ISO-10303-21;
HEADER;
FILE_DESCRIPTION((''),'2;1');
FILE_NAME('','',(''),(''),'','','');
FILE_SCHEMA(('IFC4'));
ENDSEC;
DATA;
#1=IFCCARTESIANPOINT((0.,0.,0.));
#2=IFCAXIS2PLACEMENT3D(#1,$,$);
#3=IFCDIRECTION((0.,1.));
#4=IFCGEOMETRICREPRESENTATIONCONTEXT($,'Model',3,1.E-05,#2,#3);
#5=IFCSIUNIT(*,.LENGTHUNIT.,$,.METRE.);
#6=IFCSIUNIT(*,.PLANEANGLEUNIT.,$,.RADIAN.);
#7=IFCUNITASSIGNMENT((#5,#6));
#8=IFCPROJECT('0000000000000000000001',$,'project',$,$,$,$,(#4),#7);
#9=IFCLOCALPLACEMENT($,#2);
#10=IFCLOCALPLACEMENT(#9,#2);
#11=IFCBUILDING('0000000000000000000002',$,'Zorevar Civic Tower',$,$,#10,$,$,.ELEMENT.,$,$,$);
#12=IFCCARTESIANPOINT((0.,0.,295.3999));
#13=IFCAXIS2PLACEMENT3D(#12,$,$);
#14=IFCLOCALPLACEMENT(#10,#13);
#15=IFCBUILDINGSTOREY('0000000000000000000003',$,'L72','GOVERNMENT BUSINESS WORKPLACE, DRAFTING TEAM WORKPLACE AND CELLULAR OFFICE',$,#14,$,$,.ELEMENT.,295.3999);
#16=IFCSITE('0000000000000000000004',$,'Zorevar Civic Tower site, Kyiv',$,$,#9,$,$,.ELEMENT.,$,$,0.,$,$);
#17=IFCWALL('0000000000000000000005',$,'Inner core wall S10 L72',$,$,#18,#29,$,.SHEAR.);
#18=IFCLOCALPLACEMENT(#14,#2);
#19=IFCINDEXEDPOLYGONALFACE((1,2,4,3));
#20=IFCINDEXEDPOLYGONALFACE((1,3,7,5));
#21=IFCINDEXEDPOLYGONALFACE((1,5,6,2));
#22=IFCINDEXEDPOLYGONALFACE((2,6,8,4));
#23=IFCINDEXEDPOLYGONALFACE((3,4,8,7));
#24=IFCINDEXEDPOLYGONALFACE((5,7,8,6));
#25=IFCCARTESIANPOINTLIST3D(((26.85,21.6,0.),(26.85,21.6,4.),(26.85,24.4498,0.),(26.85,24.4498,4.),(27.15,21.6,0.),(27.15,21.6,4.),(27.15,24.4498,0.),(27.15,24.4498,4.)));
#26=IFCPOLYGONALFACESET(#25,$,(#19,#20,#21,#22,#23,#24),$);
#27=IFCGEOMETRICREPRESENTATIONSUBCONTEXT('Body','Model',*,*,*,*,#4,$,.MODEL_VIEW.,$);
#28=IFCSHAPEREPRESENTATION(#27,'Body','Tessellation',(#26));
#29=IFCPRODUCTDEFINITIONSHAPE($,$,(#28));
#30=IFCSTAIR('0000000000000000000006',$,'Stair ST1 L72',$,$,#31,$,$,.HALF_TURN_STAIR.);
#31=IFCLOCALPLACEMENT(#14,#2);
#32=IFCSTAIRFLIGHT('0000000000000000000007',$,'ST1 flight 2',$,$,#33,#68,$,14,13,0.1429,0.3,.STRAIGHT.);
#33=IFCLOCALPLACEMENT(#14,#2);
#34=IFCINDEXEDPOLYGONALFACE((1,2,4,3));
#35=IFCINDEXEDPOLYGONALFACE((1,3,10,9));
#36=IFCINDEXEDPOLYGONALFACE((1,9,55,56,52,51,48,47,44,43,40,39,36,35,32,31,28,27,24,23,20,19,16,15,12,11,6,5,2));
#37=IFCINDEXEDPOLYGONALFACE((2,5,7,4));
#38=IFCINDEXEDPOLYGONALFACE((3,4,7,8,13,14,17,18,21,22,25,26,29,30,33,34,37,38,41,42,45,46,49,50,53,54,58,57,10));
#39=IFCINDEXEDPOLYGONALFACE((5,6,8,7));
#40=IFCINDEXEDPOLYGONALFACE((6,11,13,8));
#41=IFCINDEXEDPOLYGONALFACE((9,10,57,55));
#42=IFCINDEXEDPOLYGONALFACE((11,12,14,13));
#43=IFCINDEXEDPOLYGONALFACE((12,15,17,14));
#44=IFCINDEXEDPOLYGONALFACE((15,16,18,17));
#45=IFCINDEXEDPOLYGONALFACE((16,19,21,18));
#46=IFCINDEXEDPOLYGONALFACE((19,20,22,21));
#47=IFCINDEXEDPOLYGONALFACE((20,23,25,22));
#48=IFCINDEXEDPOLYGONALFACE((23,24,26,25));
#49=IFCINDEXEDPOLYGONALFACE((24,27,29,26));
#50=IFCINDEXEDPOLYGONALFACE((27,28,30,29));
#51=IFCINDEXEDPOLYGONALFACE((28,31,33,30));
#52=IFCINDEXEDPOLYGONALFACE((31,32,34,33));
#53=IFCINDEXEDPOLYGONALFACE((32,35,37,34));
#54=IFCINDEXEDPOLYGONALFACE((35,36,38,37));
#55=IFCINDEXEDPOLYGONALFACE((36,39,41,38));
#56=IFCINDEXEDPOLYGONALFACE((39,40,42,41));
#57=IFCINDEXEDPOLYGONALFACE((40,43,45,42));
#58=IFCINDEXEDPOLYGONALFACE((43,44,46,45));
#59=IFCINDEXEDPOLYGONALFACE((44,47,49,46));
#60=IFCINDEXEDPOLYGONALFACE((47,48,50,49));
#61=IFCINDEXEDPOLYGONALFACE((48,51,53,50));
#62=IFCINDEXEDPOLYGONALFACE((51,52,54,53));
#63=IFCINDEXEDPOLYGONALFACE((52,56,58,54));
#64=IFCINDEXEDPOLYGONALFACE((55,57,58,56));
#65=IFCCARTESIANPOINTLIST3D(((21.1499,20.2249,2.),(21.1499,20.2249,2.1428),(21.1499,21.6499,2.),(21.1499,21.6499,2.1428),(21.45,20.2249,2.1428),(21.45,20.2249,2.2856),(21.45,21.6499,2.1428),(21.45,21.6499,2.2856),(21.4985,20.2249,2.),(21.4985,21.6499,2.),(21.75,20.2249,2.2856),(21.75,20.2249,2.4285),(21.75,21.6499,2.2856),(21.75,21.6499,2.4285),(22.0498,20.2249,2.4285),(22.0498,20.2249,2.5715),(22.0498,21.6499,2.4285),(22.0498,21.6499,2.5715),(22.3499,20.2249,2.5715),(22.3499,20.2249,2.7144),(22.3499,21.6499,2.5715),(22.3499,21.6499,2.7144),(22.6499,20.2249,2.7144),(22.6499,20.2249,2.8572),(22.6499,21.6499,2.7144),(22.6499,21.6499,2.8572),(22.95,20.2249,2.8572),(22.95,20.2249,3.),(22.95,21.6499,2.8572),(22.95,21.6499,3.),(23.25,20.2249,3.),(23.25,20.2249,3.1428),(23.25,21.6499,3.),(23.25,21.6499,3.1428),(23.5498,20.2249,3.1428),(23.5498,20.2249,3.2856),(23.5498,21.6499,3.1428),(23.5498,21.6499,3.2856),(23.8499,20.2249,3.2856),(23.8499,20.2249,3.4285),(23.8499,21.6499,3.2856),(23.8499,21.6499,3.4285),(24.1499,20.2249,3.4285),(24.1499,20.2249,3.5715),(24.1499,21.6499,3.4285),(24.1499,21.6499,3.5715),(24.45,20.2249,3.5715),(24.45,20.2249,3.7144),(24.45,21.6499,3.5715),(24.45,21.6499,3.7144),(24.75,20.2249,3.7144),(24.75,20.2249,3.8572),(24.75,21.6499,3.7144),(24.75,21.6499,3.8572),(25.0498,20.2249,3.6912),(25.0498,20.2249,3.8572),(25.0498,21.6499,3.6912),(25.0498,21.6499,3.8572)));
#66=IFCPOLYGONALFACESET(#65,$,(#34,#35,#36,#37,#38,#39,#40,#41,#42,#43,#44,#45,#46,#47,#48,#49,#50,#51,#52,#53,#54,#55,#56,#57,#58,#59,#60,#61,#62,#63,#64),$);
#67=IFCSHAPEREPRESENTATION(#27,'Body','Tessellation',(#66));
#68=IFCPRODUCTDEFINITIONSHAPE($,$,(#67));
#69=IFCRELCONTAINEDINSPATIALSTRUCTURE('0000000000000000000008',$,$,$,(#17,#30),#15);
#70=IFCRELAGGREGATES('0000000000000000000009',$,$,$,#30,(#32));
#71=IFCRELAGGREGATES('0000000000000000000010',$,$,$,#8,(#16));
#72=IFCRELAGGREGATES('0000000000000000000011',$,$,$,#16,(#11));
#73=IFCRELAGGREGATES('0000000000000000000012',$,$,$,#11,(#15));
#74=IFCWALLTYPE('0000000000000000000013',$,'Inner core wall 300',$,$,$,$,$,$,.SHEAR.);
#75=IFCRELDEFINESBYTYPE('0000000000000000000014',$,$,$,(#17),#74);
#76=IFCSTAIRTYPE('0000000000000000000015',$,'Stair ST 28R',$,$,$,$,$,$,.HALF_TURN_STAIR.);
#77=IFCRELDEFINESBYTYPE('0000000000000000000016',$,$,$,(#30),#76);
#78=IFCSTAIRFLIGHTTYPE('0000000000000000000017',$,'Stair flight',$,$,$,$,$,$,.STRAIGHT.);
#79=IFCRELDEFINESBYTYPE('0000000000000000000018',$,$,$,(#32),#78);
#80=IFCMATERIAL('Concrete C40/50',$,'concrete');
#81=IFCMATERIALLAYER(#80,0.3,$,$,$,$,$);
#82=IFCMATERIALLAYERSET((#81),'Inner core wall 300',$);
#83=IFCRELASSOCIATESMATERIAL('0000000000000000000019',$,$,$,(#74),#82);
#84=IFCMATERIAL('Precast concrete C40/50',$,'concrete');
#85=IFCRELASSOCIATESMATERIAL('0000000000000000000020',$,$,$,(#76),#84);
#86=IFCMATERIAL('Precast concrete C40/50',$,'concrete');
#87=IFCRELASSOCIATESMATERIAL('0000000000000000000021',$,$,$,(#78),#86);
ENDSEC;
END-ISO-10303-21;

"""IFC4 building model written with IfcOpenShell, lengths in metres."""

from ifc_helpers import new_model, si_unit, direction, frame, frame_2d, origin, place, context, subcontext, project, spatial, polyline, rectangle, outline, extrude, material, layer, layer_set, type_object, element, aggregate, save


model = new_model("IFC4")

# Units and contexts
model_context = context("Model", 3, precision=1e-05, world=origin(), true_north=direction((0.0, 1.0)))
body_context = subcontext(model_context, "Body", "Model", "MODEL_VIEW")
ifc_project = project(units=[si_unit("LENGTHUNIT", "METRE"), si_unit("PLANEANGLEUNIT", "RADIAN")], contexts=[model_context])

# Site, building, storey
site_placement = place(None, origin())
site = spatial("IfcSite", under=ifc_project, at=site_placement, Name="Zorevar Civic Tower site, Kyiv", CompositionType="ELEMENT", RefElevation=0.0)
building_placement = place(site_placement, origin())
building = spatial("IfcBuilding", under=site, at=building_placement, Name="Zorevar Civic Tower", CompositionType="ELEMENT")
storey_placement = place(building_placement, frame((0.0, 0.0, 295.3999)))
storey = spatial("IfcBuildingStorey", under=building, at=storey_placement, Name="L72", Description="GOVERNMENT BUSINESS WORKPLACE, DRAFTING TEAM WORKPLACE AND CELLULAR OFFICE", CompositionType="ELEMENT", Elevation=295.3999)

# Shared definitions
ifc_material_1 = material(Name="Concrete C40/50", Category="concrete")
ifc_layer = layer(ifc_material_1, 0.3)
ifc_layer_set = layer_set([ifc_layer], Name="Inner core wall 300")
wall_type = type_object("IfcWallType", Name="Inner core wall 300", PredefinedType="SHEAR", material=ifc_layer_set)

# Wall
wall_1_placement = place(storey_placement, frame((27.0, 21.6001, 0.0), z_axis=(0.0, 0.0, 1.0), x_axis=(0.0, 1.0, 0.0)))
element("IfcWall", 1, at=wall_1_placement, inside=storey, type_object=wall_type, Name="Inner core wall S10 L72", PredefinedType="SHEAR", context=body_context, shape_type="SweptSolid", body=[
    extrude(rectangle(XDim=2.8499, YDim=0.3, at=frame_2d((1.4248, 0.0))), origin(), (0.0, 0.0, 1.0), 4.0),
])

# Stair, stair flight
ifc_material_2 = material(Name="Precast concrete C40/50", Category="concrete")
stair_type = type_object("IfcStairType", Name="Stair ST 28R", PredefinedType="HALF_TURN_STAIR", material=ifc_material_2)
stair_placement = place(storey_placement, origin())
stair = element("IfcStair", 2, at=stair_placement, inside=storey, type_object=stair_type, Name="Stair ST1 L72", PredefinedType="HALF_TURN_STAIR")
ifc_material_3 = material(Name="Precast concrete C40/50", Category="concrete")
stair_flight_type = type_object("IfcStairFlightType", Name="Stair flight", PredefinedType="STRAIGHT", material=ifc_material_3)
stair_flight_placement = place(storey_placement, frame((21.1499, 20.9375, 2.0), z_axis=(0.0, 0.0, 1.0), x_axis=(1.0, 0.0, 0.0)))
stair_flight = element("IfcStairFlight", 3, at=stair_flight_placement, type_object=stair_flight_type, Name="ST1 flight 2", NumberOfRisers=14, NumberOfTreads=13, PredefinedType="STRAIGHT", RiserHeight=0.1429, TreadLength=0.3, context=body_context, shape_type="SweptSolid", body=[
    extrude(outline(polyline([(0.0, 0.0), (0.0, 0.1428), (0.3, 0.1428), (0.3, 0.2856), (0.6001, 0.2856), (0.6001, 0.4285), (0.8999, 0.4285), (0.8999, 0.5715), (1.2, 0.5715), (1.2, 0.7144), (1.5, 0.7144), (1.5, 0.8572), (1.8, 0.8572), (1.8, 1.0), (2.1001, 1.0), (2.1001, 1.1428), (2.3999, 1.1428), (2.3999, 1.2856), (2.7, 1.2856), (2.7, 1.4285), (3.0, 1.4285), (3.0, 1.5715), (3.3, 1.5715), (3.3, 1.7144), (3.6001, 1.7144), (3.6001, 1.8572), (3.8999, 1.8572), (3.8999, 2.0), (3.8999, 1.6912), (0.3486, 0.0), (0.0, 0.0)])), frame((0.0, 0.7124, 0.0), z_axis=(0.0, -1.0, 0.0), x_axis=(1.0, 0.0, 0.0)), (0.0, 0.0, 1.0), 1.425),
])
aggregate(stair, [stair_flight])

save(model, "model.ifc")
